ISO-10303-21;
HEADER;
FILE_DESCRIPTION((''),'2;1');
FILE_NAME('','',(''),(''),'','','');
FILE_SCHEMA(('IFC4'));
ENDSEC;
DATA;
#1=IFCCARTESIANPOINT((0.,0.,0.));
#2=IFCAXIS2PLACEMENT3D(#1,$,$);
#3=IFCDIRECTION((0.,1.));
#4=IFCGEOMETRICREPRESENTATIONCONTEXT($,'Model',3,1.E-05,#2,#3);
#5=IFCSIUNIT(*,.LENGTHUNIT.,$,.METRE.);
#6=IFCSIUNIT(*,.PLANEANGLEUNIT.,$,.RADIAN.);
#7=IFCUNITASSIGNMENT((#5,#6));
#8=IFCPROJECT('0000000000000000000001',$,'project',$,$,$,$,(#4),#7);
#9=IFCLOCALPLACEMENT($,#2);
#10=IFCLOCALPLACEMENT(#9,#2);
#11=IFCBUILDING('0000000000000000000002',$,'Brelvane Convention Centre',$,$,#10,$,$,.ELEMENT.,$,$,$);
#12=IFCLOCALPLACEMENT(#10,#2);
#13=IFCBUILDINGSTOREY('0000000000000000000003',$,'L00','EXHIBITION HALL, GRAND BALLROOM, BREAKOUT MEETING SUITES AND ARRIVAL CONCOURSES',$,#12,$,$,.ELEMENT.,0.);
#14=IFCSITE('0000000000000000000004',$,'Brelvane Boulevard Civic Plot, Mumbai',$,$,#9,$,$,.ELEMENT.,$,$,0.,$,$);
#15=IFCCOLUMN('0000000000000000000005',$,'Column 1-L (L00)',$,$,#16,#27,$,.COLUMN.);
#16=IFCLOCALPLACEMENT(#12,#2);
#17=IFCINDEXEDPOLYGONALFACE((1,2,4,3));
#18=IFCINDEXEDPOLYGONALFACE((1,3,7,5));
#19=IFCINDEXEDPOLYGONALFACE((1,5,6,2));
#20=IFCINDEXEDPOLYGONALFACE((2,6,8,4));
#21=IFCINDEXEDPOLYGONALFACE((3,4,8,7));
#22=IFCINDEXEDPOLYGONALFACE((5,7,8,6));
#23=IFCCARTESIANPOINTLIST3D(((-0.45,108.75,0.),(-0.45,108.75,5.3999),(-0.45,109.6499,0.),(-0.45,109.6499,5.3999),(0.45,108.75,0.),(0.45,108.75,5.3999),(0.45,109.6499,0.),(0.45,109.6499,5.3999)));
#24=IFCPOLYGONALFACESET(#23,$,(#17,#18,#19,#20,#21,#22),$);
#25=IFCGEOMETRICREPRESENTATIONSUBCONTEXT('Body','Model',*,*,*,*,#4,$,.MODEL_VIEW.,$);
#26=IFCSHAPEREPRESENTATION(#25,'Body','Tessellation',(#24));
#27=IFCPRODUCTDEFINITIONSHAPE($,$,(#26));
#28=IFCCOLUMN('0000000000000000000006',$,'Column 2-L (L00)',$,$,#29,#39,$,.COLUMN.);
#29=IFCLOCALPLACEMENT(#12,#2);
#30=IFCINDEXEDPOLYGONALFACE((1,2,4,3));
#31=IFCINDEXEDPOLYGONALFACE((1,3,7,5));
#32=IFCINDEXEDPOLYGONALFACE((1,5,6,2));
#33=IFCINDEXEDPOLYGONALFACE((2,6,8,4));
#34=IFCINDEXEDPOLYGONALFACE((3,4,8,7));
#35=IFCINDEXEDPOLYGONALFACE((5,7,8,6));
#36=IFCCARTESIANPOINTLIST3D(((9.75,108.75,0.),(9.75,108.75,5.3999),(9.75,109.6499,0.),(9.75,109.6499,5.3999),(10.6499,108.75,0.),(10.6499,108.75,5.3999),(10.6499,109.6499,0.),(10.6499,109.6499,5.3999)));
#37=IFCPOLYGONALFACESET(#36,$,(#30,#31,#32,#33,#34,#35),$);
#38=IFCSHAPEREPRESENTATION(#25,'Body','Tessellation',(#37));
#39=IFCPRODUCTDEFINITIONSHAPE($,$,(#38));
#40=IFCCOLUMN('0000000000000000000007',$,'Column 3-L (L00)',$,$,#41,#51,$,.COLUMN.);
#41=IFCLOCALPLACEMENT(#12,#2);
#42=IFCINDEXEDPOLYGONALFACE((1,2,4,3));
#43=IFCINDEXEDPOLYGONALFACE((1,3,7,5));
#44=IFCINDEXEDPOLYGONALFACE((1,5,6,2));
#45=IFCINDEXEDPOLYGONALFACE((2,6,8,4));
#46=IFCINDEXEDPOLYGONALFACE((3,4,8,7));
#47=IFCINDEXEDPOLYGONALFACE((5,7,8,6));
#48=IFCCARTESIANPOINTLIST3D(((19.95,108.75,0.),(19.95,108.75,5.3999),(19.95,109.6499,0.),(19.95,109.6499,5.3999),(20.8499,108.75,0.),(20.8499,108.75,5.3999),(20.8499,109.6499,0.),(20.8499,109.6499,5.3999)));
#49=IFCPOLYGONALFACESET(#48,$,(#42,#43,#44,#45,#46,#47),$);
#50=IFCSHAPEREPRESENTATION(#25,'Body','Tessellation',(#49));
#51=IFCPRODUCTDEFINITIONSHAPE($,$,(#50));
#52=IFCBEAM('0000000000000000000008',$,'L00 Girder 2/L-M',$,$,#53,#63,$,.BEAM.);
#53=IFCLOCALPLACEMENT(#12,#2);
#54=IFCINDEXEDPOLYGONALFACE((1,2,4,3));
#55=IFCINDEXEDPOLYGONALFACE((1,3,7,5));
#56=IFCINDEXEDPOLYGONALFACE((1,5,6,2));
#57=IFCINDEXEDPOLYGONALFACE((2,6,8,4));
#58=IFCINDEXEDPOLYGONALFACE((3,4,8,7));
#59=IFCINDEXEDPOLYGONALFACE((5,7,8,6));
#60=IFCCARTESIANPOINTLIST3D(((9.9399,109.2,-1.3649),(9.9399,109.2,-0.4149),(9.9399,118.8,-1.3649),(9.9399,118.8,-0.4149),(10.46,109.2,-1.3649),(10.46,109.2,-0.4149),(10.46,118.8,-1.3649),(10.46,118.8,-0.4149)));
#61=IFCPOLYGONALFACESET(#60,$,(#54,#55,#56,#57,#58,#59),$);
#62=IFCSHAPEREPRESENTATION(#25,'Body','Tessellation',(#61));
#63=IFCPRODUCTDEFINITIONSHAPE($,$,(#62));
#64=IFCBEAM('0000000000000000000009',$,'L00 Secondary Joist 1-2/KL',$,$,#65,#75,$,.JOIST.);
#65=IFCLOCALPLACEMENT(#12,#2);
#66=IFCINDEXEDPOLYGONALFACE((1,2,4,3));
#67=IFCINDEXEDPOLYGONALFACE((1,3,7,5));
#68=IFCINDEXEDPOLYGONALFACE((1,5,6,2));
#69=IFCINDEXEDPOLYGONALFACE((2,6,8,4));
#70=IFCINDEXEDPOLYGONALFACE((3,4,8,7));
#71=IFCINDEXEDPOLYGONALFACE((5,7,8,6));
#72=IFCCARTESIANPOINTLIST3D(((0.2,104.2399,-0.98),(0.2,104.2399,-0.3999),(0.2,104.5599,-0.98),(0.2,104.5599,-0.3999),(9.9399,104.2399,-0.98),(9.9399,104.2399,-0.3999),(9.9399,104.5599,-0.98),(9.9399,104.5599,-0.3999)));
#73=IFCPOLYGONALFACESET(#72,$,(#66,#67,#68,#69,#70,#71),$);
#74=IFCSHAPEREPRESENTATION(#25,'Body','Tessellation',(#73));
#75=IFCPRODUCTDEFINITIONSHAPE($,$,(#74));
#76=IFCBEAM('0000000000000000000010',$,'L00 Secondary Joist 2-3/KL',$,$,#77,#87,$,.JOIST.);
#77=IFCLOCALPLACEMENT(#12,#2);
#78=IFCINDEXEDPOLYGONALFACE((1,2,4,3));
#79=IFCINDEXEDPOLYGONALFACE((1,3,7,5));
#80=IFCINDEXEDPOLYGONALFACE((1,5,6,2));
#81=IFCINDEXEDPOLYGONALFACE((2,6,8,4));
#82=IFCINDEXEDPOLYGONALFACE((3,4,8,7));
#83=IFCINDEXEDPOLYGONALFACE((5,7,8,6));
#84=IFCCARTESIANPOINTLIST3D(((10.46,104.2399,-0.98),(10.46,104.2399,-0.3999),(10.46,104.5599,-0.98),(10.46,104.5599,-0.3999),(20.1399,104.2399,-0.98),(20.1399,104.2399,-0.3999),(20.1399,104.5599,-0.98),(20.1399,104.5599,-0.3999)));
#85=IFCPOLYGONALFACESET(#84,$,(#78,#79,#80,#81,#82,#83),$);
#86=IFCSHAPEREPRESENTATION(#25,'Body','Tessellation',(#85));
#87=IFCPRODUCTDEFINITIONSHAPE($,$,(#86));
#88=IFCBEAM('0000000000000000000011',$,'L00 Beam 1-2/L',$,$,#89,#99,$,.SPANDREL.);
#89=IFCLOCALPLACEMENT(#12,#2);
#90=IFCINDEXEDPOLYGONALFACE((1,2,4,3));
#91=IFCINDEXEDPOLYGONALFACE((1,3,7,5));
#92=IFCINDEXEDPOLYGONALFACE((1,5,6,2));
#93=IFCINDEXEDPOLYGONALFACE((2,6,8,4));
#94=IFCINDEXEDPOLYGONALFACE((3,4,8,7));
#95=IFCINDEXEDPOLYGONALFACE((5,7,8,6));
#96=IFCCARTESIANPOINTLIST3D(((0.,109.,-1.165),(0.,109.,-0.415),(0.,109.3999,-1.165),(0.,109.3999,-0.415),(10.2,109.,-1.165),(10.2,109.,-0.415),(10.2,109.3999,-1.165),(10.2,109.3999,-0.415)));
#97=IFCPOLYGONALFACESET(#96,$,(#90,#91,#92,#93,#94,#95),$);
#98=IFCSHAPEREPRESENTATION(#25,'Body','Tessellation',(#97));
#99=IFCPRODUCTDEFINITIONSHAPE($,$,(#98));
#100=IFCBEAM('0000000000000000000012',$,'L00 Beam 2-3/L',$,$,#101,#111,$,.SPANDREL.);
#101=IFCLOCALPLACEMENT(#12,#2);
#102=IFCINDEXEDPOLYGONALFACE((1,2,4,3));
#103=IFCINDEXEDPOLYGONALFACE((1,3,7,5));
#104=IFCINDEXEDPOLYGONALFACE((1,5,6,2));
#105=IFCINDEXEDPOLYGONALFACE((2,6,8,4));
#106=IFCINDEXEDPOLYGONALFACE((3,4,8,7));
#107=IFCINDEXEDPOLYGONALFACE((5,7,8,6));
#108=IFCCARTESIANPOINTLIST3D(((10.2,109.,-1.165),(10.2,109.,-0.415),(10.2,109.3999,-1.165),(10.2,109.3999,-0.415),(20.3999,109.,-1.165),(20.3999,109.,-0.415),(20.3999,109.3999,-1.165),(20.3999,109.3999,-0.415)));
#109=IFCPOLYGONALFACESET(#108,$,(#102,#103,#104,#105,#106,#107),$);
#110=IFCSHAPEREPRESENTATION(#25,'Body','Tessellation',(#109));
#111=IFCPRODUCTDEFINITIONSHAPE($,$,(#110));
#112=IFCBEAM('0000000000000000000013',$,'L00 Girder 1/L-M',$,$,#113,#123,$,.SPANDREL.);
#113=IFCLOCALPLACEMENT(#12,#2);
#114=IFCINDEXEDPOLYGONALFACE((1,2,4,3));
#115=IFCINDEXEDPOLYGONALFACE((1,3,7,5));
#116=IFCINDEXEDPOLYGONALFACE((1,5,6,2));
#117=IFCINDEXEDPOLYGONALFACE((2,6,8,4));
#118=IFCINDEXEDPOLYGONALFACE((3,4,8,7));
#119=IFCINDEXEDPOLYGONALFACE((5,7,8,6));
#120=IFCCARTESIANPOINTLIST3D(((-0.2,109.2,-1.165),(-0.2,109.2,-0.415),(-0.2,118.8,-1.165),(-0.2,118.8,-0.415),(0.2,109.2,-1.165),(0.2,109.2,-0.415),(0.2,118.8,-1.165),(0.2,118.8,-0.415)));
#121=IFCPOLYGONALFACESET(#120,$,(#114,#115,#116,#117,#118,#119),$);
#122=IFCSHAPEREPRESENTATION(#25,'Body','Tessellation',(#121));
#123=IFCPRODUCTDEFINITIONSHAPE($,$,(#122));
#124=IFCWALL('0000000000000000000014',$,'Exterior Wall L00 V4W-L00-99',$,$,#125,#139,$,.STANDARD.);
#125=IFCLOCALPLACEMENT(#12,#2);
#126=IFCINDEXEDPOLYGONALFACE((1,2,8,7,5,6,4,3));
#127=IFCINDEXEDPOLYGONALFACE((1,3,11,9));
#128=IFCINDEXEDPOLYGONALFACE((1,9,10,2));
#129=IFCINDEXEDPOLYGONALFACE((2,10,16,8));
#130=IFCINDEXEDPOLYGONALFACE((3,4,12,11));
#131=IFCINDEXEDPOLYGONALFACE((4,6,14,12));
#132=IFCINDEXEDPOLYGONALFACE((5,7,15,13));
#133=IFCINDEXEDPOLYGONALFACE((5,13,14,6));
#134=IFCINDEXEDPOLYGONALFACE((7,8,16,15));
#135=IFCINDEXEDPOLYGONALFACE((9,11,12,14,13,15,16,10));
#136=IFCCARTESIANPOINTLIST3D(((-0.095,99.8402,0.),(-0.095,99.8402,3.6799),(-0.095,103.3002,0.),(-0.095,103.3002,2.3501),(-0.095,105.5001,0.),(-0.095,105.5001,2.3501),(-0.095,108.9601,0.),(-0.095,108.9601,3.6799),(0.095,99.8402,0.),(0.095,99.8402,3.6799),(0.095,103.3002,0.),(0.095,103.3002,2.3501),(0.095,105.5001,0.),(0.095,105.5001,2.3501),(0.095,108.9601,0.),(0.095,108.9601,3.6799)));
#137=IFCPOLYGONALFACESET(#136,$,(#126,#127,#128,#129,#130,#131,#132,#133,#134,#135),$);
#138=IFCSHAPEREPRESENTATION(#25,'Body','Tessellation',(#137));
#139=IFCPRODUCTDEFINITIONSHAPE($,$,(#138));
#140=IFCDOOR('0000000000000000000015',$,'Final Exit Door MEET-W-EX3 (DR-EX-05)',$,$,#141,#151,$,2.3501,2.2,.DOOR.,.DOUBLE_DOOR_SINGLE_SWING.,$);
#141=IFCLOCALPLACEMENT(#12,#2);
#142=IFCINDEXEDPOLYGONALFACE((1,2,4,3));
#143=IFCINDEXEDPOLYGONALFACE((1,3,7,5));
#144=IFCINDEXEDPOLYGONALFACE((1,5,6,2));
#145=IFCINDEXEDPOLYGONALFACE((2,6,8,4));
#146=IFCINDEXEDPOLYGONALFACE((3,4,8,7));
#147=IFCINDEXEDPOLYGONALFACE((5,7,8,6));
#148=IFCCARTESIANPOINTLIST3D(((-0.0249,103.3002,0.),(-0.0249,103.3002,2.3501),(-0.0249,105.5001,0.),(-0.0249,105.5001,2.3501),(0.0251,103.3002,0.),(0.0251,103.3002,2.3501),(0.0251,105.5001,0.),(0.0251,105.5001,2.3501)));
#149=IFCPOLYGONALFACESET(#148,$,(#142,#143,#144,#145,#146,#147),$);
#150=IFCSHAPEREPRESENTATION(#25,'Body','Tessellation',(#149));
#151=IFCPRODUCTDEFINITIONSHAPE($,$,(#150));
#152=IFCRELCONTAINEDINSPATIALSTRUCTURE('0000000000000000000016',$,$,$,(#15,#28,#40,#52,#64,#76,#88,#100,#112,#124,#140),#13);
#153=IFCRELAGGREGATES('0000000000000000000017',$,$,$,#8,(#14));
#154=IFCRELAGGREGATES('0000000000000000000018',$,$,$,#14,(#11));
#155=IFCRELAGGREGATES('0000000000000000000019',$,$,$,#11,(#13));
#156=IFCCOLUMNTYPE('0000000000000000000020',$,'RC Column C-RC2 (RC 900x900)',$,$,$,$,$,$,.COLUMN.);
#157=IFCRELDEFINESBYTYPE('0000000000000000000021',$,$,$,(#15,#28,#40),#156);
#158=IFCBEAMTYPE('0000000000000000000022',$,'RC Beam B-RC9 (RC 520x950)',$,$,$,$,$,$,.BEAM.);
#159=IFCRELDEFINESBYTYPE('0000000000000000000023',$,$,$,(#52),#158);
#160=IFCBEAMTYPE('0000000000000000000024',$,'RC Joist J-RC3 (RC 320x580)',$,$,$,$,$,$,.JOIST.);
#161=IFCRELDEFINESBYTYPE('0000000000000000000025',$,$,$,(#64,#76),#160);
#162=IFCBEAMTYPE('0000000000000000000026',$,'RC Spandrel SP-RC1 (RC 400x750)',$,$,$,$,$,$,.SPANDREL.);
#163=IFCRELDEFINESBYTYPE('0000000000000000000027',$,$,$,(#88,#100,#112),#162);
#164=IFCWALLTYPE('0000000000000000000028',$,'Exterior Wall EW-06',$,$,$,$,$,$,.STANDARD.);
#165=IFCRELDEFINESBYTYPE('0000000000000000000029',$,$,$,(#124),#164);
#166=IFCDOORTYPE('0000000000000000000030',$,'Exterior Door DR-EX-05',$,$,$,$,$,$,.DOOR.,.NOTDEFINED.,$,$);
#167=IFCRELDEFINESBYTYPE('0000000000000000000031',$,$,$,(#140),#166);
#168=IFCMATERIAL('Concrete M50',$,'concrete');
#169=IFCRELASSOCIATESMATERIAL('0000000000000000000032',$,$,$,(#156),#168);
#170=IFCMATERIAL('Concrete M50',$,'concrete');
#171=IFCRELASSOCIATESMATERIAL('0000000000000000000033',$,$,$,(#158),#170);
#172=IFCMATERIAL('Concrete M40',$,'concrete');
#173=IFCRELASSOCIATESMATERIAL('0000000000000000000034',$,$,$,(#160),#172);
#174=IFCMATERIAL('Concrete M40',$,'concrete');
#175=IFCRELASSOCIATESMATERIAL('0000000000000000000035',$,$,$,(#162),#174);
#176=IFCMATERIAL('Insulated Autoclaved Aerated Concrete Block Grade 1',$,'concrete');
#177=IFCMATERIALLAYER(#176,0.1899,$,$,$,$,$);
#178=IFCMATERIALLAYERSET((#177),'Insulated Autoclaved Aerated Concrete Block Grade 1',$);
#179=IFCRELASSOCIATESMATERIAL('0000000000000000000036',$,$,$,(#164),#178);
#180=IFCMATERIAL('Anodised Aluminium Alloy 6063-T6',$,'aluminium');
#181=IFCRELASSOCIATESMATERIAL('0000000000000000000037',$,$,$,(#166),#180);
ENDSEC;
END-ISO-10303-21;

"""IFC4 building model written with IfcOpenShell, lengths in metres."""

from ifc_helpers import new_model, si_unit, direction, frame, frame_2d, origin, origin_2d, place, context, subcontext, project, spatial, rectangle, extrude, material, layer, layer_set, material_profile, profile_set, type_object, element, fill, save


model = new_model("IFC4")

# Units and contexts
model_context = context("Model", 3, precision=1e-05, world=origin(), true_north=direction((0.0, 1.0)))
body_context = subcontext(model_context, "Body", "Model", "MODEL_VIEW")
ifc_project = project(units=[si_unit("LENGTHUNIT", "METRE"), si_unit("PLANEANGLEUNIT", "RADIAN")], contexts=[model_context])

# Site, building, storey
site_placement = place(None, origin())
site = spatial("IfcSite", under=ifc_project, at=site_placement, Name="Brelvane Boulevard Civic Plot, Mumbai", CompositionType="ELEMENT", RefElevation=0.0)
building_placement = place(site_placement, origin())
building = spatial("IfcBuilding", under=site, at=building_placement, Name="Brelvane Convention Centre", CompositionType="ELEMENT")
storey_placement = place(building_placement, origin())
storey = spatial("IfcBuildingStorey", under=building, at=storey_placement, Name="L00", Description="EXHIBITION HALL, GRAND BALLROOM, BREAKOUT MEETING SUITES AND ARRIVAL CONCOURSES", CompositionType="ELEMENT", Elevation=0.0)

# Columns
ifc_material_1 = material(Name="Concrete M50", Category="concrete")
ifc_material_profile_1 = material_profile(ifc_material_1, rectangle(XDim=0.8999, YDim=0.8999, at=origin_2d()), Name="RC 900x900")
ifc_profile_set_1 = profile_set([ifc_material_profile_1], Name="Concrete M50")
column_type = type_object("IfcColumnType", Name="RC Column C-RC2 (RC 900x900)", PredefinedType="COLUMN", material=ifc_profile_set_1)
for number, where, z_axis, x_axis, name in (
    (1, (0.0, 109.2, 0.0), (0.0, 0.0, 1.0), (1.0, 0.0, 0.0), "Column 1-L (L00)"),
    (2, (10.2, 109.2, 0.0), (0.0, 0.0, 1.0), (1.0, 0.0, 0.0), "Column 2-L (L00)"),
    (3, (20.3999, 109.2, 0.0), (0.0, 0.0, 1.0), (1.0, 0.0, 0.0), "Column 3-L (L00)"),
):
    element("IfcColumn", number, at=place(storey_placement, frame(where, z_axis=z_axis, x_axis=x_axis)), inside=storey, type_object=column_type, Name=name, PredefinedType="COLUMN", context=body_context, shape_type="SweptSolid", body=[
        extrude(rectangle(XDim=0.8999, YDim=0.8999, at=origin_2d()), origin(), (0.0, 0.0, 1.0), 5.3999),
    ])

# Beams
ifc_material_2 = material(Name="Concrete M50", Category="concrete")
ifc_material_profile_2 = material_profile(ifc_material_2, rectangle(XDim=0.52, YDim=0.95, at=origin_2d()), Name="RC 520x950")
ifc_profile_set_2 = profile_set([ifc_material_profile_2], Name="Concrete M50")
beam_type_1 = type_object("IfcBeamType", Name="RC Beam B-RC9 (RC 520x950)", PredefinedType="BEAM", material=ifc_profile_set_2)
beam_1_placement = place(storey_placement, frame((10.2, 109.2, -0.8899), z_axis=(0.0, 1.0, 0.0), x_axis=(-1.0, 0.0, 0.0)))
element("IfcBeam", 4, at=beam_1_placement, inside=storey, type_object=beam_type_1, Name="L00 Girder 2/L-M", PredefinedType="BEAM", context=body_context, shape_type="SweptSolid", body=[
    extrude(rectangle(XDim=0.52, YDim=0.95, at=origin_2d()), origin(), (0.0, 0.0, 1.0), 9.6001),
])
ifc_material_3 = material(Name="Concrete M40", Category="concrete")
ifc_material_profile_3 = material_profile(ifc_material_3, rectangle(XDim=0.3201, YDim=0.5801, at=origin_2d()), Name="RC 320x580")
ifc_profile_set_3 = profile_set([ifc_material_profile_3], Name="Concrete M40")
beam_type_2 = type_object("IfcBeamType", Name="RC Joist J-RC3 (RC 320x580)", PredefinedType="JOIST", material=ifc_profile_set_3)
beam_2_placement = place(storey_placement, frame((0.2, 104.3999, -0.6899), z_axis=(1.0, 0.0, 0.0), x_axis=(0.0, 1.0, 0.0)))
element("IfcBeam", 5, at=beam_2_placement, inside=storey, type_object=beam_type_2, Name="L00 Secondary Joist 1-2/KL", PredefinedType="JOIST", context=body_context, shape_type="SweptSolid", body=[
    extrude(rectangle(XDim=0.3201, YDim=0.5801, at=origin_2d()), origin(), (0.0, 0.0, 1.0), 9.74),
])
beam_3_placement = place(storey_placement, frame((10.46, 104.3999, -0.6899), z_axis=(1.0, 0.0, 0.0), x_axis=(0.0, 1.0, 0.0)))
element("IfcBeam", 6, at=beam_3_placement, inside=storey, type_object=beam_type_2, Name="L00 Secondary Joist 2-3/KL", PredefinedType="JOIST", context=body_context, shape_type="SweptSolid", body=[
    extrude(rectangle(XDim=0.3201, YDim=0.5801, at=origin_2d()), origin(), (0.0, 0.0, 1.0), 9.6799),
])
ifc_material_4 = material(Name="Concrete M40", Category="concrete")
ifc_material_profile_4 = material_profile(ifc_material_4, rectangle(XDim=0.3999, YDim=0.75, at=origin_2d()), Name="RC 400x750")
ifc_profile_set_4 = profile_set([ifc_material_profile_4], Name="Concrete M40")
beam_type_3 = type_object("IfcBeamType", Name="RC Spandrel SP-RC1 (RC 400x750)", PredefinedType="SPANDREL", material=ifc_profile_set_4)
for number, where, z_axis, x_axis, name in (
    (7, (0.0, 109.2, -0.79), (1.0, 0.0, 0.0), (0.0, 1.0, 0.0), "L00 Beam 1-2/L"),
    (8, (10.2, 109.2, -0.79), (1.0, 0.0, 0.0), (0.0, 1.0, 0.0), "L00 Beam 2-3/L"),
):
    element("IfcBeam", number, at=place(storey_placement, frame(where, z_axis=z_axis, x_axis=x_axis)), inside=storey, type_object=beam_type_3, Name=name, PredefinedType="SPANDREL", context=body_context, shape_type="SweptSolid", body=[
        extrude(rectangle(XDim=0.3999, YDim=0.75, at=origin_2d()), origin(), (0.0, 0.0, 1.0), 10.2),
    ])
beam_4_placement = place(storey_placement, frame((0.0, 109.2, -0.79), z_axis=(0.0, 1.0, 0.0), x_axis=(-1.0, 0.0, 0.0)))
element("IfcBeam", 9, at=beam_4_placement, inside=storey, type_object=beam_type_3, Name="L00 Girder 1/L-M", PredefinedType="SPANDREL", context=body_context, shape_type="SweptSolid", body=[
    extrude(rectangle(XDim=0.3999, YDim=0.75, at=origin_2d()), origin(), (0.0, 0.0, 1.0), 9.6001),
])

# Wall, opening, door
ifc_material_5 = material(Name="Insulated Autoclaved Aerated Concrete Block Grade 1", Category="concrete")
ifc_layer_1 = layer(ifc_material_5, 0.1899)
ifc_layer_set_1 = layer_set([ifc_layer_1], Name="Insulated Autoclaved Aerated Concrete Block Grade 1")
wall_type_1 = type_object("IfcWallType", Name="Exterior Wall EW-06", PredefinedType="STANDARD", material=ifc_layer_set_1)
wall_1_placement = place(storey_placement, frame((0.0, 99.8401, 0.0), z_axis=(0.0, 0.0, 1.0), x_axis=(0.0, 1.0, 0.0)))
wall_1 = element("IfcWall", 10, at=wall_1_placement, inside=storey, type_object=wall_type_1, Name="Exterior Wall L00 V4W-L00-99", PredefinedType="STANDARD", context=body_context, shape_type="SweptSolid", body=[
    extrude(rectangle(XDim=9.1199, YDim=0.1899, at=frame_2d((4.5601, 0.0))), origin(), (0.0, 0.0, 1.0), 3.6799),
])
opening_1_placement = place(wall_1_placement, frame((3.46, 0.0, 0.0)))
opening_1 = element("IfcOpeningElement", 11, at=opening_1_placement, cuts=wall_1, PredefinedType="OPENING", context=body_context, shape_type="SweptSolid", body=[
    extrude(rectangle(XDim=2.2, YDim=2.3501, at=frame_2d((1.1001, 1.175))), frame((0.0, 0.105, 0.0), z_axis=(0.0, -1.0, 0.0), x_axis=(1.0, 0.0, 0.0)), (0.0, 0.0, 1.0), 0.21),
])
ifc_material_6 = material(Name="Anodised Aluminium Alloy 6063-T6", Category="aluminium")
door_type_1 = type_object("IfcDoorType", Name="Exterior Door DR-EX-05", OperationType="NOTDEFINED", PredefinedType="DOOR", material=ifc_material_6)
door_1_placement = place(opening_1_placement, origin())
door_1 = element("IfcDoor", 12, at=door_1_placement, inside=storey, type_object=door_type_1, Name="Final Exit Door MEET-W-EX3 (DR-EX-05)", OperationType="DOUBLE_DOOR_SINGLE_SWING", OverallHeight=2.3501, OverallWidth=2.2, PredefinedType="DOOR", context=body_context, shape_type="SweptSolid", body=[
    extrude(rectangle(XDim=2.2, YDim=2.3501, at=frame_2d((1.1001, 1.175))), frame((0.0, 0.0249, 0.0), z_axis=(0.0, -1.0, 0.0), x_axis=(1.0, 0.0, 0.0)), (0.0, 0.0, 1.0), 0.05),
])
fill(opening_1, door_1)

save(model, "model.ifc")
